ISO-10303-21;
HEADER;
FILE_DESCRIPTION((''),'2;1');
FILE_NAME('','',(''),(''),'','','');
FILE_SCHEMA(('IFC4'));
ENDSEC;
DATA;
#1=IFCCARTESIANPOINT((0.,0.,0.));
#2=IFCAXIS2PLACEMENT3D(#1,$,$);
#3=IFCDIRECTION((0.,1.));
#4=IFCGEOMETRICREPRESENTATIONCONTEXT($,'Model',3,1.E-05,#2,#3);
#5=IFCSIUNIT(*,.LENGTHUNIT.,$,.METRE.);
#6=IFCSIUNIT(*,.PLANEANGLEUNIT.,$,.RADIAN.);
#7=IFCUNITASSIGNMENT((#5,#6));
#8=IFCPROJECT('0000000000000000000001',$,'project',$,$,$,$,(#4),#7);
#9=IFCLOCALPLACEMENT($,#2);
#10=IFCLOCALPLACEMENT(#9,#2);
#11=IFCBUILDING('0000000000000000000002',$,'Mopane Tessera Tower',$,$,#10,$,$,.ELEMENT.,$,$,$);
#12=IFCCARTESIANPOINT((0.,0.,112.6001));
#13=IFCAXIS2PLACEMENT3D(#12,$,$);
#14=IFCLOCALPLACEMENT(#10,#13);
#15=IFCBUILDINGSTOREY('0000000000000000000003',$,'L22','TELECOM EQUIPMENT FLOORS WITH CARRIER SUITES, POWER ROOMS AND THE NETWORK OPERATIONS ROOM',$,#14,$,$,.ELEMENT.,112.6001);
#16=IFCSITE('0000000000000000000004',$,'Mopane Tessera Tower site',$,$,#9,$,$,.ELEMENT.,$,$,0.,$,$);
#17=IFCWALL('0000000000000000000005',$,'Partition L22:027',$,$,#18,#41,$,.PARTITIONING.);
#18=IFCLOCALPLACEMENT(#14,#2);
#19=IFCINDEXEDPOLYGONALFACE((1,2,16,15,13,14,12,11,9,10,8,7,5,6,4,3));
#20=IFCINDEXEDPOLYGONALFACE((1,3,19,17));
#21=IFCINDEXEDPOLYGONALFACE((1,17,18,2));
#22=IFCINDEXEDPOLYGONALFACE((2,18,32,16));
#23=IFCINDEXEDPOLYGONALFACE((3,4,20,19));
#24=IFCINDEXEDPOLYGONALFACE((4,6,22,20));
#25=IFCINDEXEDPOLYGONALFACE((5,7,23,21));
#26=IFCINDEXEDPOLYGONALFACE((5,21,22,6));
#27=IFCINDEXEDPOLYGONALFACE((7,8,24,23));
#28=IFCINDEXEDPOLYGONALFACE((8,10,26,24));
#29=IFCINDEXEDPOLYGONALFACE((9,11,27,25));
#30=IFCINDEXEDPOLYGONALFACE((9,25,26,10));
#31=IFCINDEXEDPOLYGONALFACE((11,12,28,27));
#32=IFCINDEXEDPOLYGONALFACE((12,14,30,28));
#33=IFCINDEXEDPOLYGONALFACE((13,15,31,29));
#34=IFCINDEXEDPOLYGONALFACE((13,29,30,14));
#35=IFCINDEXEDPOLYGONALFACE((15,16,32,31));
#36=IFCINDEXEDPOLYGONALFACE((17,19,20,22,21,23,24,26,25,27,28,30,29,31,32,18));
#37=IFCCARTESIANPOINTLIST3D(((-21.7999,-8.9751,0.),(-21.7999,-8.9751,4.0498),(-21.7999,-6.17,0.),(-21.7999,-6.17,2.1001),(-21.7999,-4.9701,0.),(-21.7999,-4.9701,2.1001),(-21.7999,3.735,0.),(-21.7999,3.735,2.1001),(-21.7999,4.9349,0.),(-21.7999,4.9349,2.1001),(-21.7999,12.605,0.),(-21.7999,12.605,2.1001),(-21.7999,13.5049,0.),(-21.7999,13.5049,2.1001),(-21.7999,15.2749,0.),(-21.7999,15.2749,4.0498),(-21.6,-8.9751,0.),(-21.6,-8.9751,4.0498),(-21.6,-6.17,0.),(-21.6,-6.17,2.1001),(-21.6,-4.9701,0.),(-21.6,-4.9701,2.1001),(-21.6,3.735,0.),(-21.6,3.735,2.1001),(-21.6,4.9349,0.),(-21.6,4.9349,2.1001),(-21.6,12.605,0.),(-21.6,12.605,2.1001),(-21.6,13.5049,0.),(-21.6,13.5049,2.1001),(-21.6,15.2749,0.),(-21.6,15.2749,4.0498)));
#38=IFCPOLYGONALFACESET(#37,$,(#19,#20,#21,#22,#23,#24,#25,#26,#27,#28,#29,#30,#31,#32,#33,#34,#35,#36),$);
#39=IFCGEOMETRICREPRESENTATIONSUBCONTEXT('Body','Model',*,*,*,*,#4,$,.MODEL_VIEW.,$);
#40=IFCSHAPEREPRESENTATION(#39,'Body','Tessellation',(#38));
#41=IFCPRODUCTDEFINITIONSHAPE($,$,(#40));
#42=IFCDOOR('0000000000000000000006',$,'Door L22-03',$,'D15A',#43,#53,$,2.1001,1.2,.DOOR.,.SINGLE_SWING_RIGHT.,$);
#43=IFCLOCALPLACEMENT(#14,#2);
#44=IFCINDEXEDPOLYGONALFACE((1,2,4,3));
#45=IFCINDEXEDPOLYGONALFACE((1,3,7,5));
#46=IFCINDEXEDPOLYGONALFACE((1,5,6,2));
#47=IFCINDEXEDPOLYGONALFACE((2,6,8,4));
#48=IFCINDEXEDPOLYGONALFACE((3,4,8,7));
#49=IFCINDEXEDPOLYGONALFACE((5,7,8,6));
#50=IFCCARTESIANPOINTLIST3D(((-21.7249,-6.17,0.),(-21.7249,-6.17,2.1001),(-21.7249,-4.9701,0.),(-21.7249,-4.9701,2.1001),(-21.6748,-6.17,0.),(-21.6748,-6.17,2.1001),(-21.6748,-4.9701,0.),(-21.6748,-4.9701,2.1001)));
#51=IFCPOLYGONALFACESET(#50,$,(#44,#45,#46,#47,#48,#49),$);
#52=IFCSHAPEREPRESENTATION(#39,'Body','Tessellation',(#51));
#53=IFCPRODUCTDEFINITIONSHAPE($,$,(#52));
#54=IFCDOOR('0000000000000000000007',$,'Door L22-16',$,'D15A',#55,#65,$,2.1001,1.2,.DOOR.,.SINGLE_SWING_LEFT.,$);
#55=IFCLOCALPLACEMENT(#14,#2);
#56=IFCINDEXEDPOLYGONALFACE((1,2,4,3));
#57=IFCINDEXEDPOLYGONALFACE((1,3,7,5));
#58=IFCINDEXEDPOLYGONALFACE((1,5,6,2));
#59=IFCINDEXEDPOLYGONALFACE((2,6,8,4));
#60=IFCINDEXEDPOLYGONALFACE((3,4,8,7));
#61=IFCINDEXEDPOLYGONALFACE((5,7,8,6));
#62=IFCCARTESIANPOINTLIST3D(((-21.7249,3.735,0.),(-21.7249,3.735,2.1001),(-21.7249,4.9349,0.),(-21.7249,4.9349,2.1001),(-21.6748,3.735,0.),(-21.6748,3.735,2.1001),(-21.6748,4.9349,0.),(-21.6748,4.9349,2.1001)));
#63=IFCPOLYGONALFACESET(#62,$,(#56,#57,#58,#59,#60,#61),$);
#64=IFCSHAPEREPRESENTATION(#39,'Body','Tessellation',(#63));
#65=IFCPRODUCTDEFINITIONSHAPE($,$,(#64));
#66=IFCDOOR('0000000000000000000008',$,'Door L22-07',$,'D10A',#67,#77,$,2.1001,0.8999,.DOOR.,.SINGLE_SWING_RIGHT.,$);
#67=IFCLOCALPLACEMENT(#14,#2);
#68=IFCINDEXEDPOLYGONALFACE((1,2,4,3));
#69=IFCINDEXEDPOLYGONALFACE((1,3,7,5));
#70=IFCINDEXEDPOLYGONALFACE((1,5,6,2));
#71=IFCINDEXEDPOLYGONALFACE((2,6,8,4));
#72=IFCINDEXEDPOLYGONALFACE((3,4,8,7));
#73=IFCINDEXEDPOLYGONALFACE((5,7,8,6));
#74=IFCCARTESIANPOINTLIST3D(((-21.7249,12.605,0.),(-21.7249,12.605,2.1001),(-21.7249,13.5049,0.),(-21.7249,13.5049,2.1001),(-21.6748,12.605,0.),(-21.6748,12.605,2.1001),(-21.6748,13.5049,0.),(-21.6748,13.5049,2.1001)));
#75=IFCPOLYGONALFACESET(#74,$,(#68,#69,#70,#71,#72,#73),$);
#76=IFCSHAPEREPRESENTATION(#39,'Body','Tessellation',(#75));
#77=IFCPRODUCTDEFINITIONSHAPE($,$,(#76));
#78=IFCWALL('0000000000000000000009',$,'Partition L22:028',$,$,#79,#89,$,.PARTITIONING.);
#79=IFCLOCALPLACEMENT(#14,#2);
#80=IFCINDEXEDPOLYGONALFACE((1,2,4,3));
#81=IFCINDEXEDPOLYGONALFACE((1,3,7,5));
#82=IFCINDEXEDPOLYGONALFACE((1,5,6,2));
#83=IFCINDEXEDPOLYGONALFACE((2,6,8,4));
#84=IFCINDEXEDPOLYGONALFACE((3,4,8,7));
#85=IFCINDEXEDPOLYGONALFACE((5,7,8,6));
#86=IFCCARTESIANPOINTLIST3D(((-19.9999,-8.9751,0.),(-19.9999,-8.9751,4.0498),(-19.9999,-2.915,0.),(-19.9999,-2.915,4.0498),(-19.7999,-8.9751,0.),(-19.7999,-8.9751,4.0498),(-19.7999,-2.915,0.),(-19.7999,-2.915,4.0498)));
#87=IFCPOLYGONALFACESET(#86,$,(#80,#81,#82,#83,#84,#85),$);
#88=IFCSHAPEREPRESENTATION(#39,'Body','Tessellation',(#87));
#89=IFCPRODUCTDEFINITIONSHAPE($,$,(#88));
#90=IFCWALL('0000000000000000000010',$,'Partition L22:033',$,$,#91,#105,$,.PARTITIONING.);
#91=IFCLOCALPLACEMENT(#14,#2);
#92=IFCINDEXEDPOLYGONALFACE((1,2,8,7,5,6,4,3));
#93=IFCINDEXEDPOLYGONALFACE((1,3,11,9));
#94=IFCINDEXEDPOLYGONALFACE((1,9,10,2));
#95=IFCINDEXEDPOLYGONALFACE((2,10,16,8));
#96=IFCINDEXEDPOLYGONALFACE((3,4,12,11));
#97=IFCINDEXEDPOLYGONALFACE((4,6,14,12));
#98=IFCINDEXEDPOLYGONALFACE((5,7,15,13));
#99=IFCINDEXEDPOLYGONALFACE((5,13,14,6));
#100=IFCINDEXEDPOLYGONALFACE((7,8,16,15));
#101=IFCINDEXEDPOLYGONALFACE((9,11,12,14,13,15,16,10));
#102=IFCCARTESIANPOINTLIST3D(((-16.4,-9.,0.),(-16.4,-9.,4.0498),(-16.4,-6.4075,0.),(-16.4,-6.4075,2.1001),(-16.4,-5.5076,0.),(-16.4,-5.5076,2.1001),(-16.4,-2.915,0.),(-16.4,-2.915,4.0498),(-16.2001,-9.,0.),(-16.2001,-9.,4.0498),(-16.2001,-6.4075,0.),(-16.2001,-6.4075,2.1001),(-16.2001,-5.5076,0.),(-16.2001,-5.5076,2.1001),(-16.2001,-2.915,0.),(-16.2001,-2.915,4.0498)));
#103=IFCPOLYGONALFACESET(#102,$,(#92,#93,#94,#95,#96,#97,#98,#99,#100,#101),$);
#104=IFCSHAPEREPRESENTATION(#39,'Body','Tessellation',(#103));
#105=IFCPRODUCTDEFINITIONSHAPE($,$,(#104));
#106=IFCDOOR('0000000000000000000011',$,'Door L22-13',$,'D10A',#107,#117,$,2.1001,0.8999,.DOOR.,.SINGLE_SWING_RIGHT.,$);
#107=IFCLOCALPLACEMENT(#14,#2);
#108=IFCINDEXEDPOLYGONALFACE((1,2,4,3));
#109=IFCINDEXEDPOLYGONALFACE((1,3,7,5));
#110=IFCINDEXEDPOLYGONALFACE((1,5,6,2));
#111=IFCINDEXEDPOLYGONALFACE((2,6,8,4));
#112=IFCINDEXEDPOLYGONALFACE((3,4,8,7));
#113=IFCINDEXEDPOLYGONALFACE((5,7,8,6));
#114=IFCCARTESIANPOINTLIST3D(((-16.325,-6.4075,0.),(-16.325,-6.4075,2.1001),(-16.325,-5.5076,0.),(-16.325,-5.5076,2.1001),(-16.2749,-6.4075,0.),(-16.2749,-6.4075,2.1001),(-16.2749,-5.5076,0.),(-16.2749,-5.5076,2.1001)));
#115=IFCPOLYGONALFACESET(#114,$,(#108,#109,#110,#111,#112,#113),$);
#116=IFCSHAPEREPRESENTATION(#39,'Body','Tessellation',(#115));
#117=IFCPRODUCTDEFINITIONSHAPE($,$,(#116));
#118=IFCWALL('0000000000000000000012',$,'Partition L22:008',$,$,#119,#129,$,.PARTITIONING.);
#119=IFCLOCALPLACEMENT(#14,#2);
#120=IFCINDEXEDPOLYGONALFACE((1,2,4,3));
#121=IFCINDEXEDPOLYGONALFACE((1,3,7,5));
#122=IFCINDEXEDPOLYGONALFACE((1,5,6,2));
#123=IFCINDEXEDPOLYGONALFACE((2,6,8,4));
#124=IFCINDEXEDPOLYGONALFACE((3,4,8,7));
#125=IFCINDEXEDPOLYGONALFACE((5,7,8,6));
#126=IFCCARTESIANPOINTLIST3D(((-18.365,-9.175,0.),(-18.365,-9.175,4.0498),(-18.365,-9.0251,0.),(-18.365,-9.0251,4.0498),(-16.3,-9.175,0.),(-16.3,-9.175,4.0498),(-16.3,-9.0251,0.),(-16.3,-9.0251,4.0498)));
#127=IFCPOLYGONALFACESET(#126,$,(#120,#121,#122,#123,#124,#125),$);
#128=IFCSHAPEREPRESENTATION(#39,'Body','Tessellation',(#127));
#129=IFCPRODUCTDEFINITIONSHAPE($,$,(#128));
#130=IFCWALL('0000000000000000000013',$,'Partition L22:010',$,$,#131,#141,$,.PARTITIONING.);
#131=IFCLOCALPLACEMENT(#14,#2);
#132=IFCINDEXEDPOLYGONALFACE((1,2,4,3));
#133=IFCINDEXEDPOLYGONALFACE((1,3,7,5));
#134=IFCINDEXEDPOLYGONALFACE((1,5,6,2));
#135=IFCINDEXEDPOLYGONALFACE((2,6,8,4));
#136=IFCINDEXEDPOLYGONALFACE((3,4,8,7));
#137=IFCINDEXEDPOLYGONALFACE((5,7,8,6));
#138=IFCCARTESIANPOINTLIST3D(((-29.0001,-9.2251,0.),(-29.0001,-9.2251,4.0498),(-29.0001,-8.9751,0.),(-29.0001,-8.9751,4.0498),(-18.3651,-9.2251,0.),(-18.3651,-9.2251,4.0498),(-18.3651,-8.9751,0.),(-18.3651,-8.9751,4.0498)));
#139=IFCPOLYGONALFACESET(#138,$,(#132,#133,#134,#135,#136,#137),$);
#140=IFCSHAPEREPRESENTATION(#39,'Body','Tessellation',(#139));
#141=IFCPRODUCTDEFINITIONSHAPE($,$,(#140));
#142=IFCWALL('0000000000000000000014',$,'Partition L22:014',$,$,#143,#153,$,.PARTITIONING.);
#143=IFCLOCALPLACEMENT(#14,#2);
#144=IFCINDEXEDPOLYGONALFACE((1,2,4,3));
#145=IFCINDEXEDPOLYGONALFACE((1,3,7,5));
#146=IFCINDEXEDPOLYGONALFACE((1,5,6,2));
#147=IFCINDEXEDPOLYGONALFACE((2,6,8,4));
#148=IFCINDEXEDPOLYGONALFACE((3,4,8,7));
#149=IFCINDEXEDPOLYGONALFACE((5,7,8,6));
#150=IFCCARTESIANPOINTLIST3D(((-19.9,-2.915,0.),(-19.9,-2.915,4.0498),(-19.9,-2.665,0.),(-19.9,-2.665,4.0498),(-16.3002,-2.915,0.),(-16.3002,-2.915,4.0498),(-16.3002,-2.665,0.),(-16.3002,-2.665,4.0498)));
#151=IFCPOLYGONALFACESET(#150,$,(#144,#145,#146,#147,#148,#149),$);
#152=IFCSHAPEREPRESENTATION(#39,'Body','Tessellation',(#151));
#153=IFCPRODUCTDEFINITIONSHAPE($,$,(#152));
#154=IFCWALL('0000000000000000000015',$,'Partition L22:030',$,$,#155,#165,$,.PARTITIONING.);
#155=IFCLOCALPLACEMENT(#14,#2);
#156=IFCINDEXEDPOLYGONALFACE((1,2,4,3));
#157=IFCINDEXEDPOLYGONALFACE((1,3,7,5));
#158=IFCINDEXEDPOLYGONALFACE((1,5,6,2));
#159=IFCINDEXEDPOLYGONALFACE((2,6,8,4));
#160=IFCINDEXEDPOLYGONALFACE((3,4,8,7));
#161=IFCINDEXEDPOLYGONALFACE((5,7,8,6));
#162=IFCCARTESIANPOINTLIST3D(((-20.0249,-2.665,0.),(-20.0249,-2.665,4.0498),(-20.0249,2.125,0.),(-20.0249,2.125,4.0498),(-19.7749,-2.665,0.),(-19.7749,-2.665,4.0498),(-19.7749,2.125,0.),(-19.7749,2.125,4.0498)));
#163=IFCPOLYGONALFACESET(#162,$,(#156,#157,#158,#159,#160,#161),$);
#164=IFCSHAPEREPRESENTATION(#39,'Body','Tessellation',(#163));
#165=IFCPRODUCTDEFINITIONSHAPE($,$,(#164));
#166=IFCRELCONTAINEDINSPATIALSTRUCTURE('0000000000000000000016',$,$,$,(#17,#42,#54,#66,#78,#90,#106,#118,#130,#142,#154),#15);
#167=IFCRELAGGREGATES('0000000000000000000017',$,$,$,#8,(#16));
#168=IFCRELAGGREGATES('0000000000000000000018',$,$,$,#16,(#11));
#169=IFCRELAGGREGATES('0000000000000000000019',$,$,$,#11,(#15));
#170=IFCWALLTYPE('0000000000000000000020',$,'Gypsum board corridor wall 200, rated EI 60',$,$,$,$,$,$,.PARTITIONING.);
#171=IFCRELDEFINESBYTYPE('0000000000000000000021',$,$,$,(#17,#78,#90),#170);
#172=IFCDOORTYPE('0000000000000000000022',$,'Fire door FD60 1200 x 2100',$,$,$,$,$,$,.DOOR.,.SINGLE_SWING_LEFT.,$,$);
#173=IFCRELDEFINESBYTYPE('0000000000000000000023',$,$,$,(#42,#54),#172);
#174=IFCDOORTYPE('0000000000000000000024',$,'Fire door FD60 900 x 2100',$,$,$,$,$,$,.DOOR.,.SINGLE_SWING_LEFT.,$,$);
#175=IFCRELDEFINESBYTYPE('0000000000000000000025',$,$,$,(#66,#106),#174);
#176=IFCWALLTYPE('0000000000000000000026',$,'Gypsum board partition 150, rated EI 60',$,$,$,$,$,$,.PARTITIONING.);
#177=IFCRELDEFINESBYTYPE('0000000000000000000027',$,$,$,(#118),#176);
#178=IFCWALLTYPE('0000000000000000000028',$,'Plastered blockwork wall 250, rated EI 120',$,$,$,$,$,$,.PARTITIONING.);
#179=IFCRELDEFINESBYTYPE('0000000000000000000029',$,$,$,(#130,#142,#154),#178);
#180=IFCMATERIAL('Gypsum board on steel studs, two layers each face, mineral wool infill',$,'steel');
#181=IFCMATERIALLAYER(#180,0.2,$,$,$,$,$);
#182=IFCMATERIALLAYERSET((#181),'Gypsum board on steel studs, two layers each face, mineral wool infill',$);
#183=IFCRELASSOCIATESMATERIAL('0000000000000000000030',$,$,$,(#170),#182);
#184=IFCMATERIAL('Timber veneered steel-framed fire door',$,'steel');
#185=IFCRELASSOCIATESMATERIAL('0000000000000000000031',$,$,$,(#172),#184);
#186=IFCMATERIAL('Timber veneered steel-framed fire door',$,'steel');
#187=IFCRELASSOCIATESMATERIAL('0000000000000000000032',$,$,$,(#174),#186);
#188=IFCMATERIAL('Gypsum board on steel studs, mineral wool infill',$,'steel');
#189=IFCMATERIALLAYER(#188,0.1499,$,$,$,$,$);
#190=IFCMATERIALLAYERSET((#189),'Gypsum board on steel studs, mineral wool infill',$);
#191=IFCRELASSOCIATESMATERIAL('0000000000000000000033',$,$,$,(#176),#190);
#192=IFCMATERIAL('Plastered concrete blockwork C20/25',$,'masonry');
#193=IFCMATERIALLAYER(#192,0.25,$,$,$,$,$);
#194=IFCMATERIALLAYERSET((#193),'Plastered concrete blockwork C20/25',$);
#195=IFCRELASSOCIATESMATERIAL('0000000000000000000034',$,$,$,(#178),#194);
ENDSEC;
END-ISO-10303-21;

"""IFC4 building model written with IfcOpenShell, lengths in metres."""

from ifc_helpers import new_model, si_unit, direction, frame, frame_2d, origin, place, context, subcontext, project, spatial, rectangle, extrude, material, layer, layer_set, type_object, element, fill, save


model = new_model("IFC4")

# Units and contexts
model_context = context("Model", 3, precision=1e-05, world=origin(), true_north=direction((0.0, 1.0)))
body_context = subcontext(model_context, "Body", "Model", "MODEL_VIEW")
ifc_project = project(units=[si_unit("LENGTHUNIT", "METRE"), si_unit("PLANEANGLEUNIT", "RADIAN")], contexts=[model_context])

# Site, building, storey
site_placement = place(None, origin())
site = spatial("IfcSite", under=ifc_project, at=site_placement, Name="Mopane Tessera Tower site", CompositionType="ELEMENT", RefElevation=0.0)
building_placement = place(site_placement, origin())
building = spatial("IfcBuilding", under=site, at=building_placement, Name="Mopane Tessera Tower", CompositionType="ELEMENT")
storey_placement = place(building_placement, frame((0.0, 0.0, 112.6001)))
storey = spatial("IfcBuildingStorey", under=building, at=storey_placement, Name="L22", Description="TELECOM EQUIPMENT FLOORS WITH CARRIER SUITES, POWER ROOMS AND THE NETWORK OPERATIONS ROOM", CompositionType="ELEMENT", Elevation=112.6001)

# Shared definitions
ifc_material_1 = material(Name="Gypsum board on steel studs, two layers each face, mineral wool infill", Category="steel")
ifc_layer_1 = layer(ifc_material_1, 0.2)
ifc_layer_set_1 = layer_set([ifc_layer_1], Name="Gypsum board on steel studs, two layers each face, mineral wool infill")
wall_type_1 = type_object("IfcWallType", Name="Gypsum board corridor wall 200, rated EI 60", PredefinedType="PARTITIONING", material=ifc_layer_set_1)

# Wall, openings, doors
wall_1_placement = place(storey_placement, frame((-21.7, -8.9751, 0.0), z_axis=(0.0, 0.0, 1.0), x_axis=(0.0, 1.0, 0.0)))
wall_1 = element("IfcWall", 1, at=wall_1_placement, inside=storey, type_object=wall_type_1, Name="Partition L22:027", PredefinedType="PARTITIONING", context=body_context, shape_type="SweptSolid", body=[
    extrude(rectangle(XDim=24.25, YDim=0.2, at=frame_2d((12.125, 0.0))), origin(), (0.0, 0.0, 1.0), 4.0498),
])
opening_1_placement = place(wall_1_placement, frame((2.8049, 0.0, 0.0)))
opening_1 = element("IfcOpeningElement", 2, at=opening_1_placement, cuts=wall_1, PredefinedType="OPENING", context=body_context, shape_type="SweptSolid", body=[
    extrude(rectangle(XDim=1.2, YDim=2.1001, at=frame_2d((0.6001, 1.05))), frame((0.0, 0.1121, 0.0), z_axis=(0.0, -1.0, 0.0), x_axis=(1.0, 0.0, 0.0)), (0.0, 0.0, 1.0), 0.2239),
])
opening_2_placement = place(wall_1_placement, frame((21.5801, 0.0, 0.0)))
opening_2 = element("IfcOpeningElement", 3, at=opening_2_placement, cuts=wall_1, PredefinedType="OPENING", context=body_context, shape_type="SweptSolid", body=[
    extrude(rectangle(XDim=0.8999, YDim=2.1001, at=frame_2d((0.45, 1.05))), frame((0.0, 0.1121, 0.0), z_axis=(0.0, -1.0, 0.0), x_axis=(1.0, 0.0, 0.0)), (0.0, 0.0, 1.0), 0.2239),
])
opening_3_placement = place(wall_1_placement, frame((12.71, 0.0, 0.0)))
opening_3 = element("IfcOpeningElement", 4, at=opening_3_placement, cuts=wall_1, PredefinedType="OPENING", context=body_context, shape_type="SweptSolid", body=[
    extrude(rectangle(XDim=1.2, YDim=2.1001, at=frame_2d((0.6001, 1.05))), frame((0.0, 0.1121, 0.0), z_axis=(0.0, -1.0, 0.0), x_axis=(1.0, 0.0, 0.0)), (0.0, 0.0, 1.0), 0.2239),
])
ifc_material_2 = material(Name="Timber veneered steel-framed fire door", Category="steel")
door_type_1 = type_object("IfcDoorType", Name="Fire door FD60 1200 x 2100", OperationType="SINGLE_SWING_LEFT", PredefinedType="DOOR", material=ifc_material_2)
door_1_placement = place(opening_1_placement, origin())
door_1 = element("IfcDoor", 5, at=door_1_placement, inside=storey, type_object=door_type_1, Name="Door L22-03", ObjectType="D15A", OperationType="SINGLE_SWING_RIGHT", OverallHeight=2.1001, OverallWidth=1.2, PredefinedType="DOOR", context=body_context, shape_type="SweptSolid", body=[
    extrude(rectangle(XDim=1.2, YDim=2.1001, at=frame_2d((0.6001, 1.05))), frame((0.0, 0.0249, 0.0), z_axis=(0.0, -1.0, 0.0), x_axis=(1.0, 0.0, 0.0)), (0.0, 0.0, 1.0), 0.05),
])
fill(opening_1, door_1)
door_2_placement = place(opening_3_placement, origin())
door_2 = element("IfcDoor", 6, at=door_2_placement, inside=storey, type_object=door_type_1, Name="Door L22-16", ObjectType="D15A", OperationType="SINGLE_SWING_LEFT", OverallHeight=2.1001, OverallWidth=1.2, PredefinedType="DOOR", context=body_context, shape_type="SweptSolid", body=[
    extrude(rectangle(XDim=1.2, YDim=2.1001, at=frame_2d((0.6001, 1.05))), frame((0.0, 0.0249, 0.0), z_axis=(0.0, -1.0, 0.0), x_axis=(1.0, 0.0, 0.0)), (0.0, 0.0, 1.0), 0.05),
])
fill(opening_3, door_2)
ifc_material_3 = material(Name="Timber veneered steel-framed fire door", Category="steel")
door_type_2 = type_object("IfcDoorType", Name="Fire door FD60 900 x 2100", OperationType="SINGLE_SWING_LEFT", PredefinedType="DOOR", material=ifc_material_3)
door_3_placement = place(opening_2_placement, origin())
door_3 = element("IfcDoor", 7, at=door_3_placement, inside=storey, type_object=door_type_2, Name="Door L22-07", ObjectType="D10A", OperationType="SINGLE_SWING_RIGHT", OverallHeight=2.1001, OverallWidth=0.8999, PredefinedType="DOOR", context=body_context, shape_type="SweptSolid", body=[
    extrude(rectangle(XDim=0.8999, YDim=2.1001, at=frame_2d((0.45, 1.05))), frame((0.0, 0.0249, 0.0), z_axis=(0.0, -1.0, 0.0), x_axis=(1.0, 0.0, 0.0)), (0.0, 0.0, 1.0), 0.05),
])
fill(opening_2, door_3)

# Wall
wall_2_placement = place(storey_placement, frame((-19.8999, -8.9751, 0.0), z_axis=(0.0, 0.0, 1.0), x_axis=(0.0, 1.0, 0.0)))
element("IfcWall", 8, at=wall_2_placement, inside=storey, type_object=wall_type_1, Name="Partition L22:028", PredefinedType="PARTITIONING", context=body_context, shape_type="SweptSolid", body=[
    extrude(rectangle(XDim=6.0601, YDim=0.2, at=frame_2d((3.03, 0.0))), origin(), (0.0, 0.0, 1.0), 4.0498),
])

# Wall, opening, door
wall_3_placement = place(storey_placement, frame((-16.3, -9.0, 0.0), z_axis=(0.0, 0.0, 1.0), x_axis=(0.0, 1.0, 0.0)))
wall_3 = element("IfcWall", 9, at=wall_3_placement, inside=storey, type_object=wall_type_1, Name="Partition L22:033", PredefinedType="PARTITIONING", context=body_context, shape_type="SweptSolid", body=[
    extrude(rectangle(XDim=6.085, YDim=0.2, at=frame_2d((3.0425, 0.0))), origin(), (0.0, 0.0, 1.0), 4.0498),
])
opening_4_placement = place(wall_3_placement, frame((2.5925, 0.0, 0.0)))
opening_4 = element("IfcOpeningElement", 10, at=opening_4_placement, cuts=wall_3, PredefinedType="OPENING", context=body_context, shape_type="SweptSolid", body=[
    extrude(rectangle(XDim=0.8999, YDim=2.1001, at=frame_2d((0.45, 1.05))), frame((0.0, 0.1121, 0.0), z_axis=(0.0, -1.0, 0.0), x_axis=(1.0, 0.0, 0.0)), (0.0, 0.0, 1.0), 0.2239),
])
door_4_placement = place(opening_4_placement, origin())
door_4 = element("IfcDoor", 11, at=door_4_placement, inside=storey, type_object=door_type_2, Name="Door L22-13", ObjectType="D10A", OperationType="SINGLE_SWING_RIGHT", OverallHeight=2.1001, OverallWidth=0.8999, PredefinedType="DOOR", context=body_context, shape_type="SweptSolid", body=[
    extrude(rectangle(XDim=0.8999, YDim=2.1001, at=frame_2d((0.45, 1.05))), frame((0.0, 0.0249, 0.0), z_axis=(0.0, -1.0, 0.0), x_axis=(1.0, 0.0, 0.0)), (0.0, 0.0, 1.0), 0.05),
])
fill(opening_4, door_4)

# Walls
ifc_material_4 = material(Name="Gypsum board on steel studs, mineral wool infill", Category="steel")
ifc_layer_2 = layer(ifc_material_4, 0.1499)
ifc_layer_set_2 = layer_set([ifc_layer_2], Name="Gypsum board on steel studs, mineral wool infill")
wall_type_2 = type_object("IfcWallType", Name="Gypsum board partition 150, rated EI 60", PredefinedType="PARTITIONING", material=ifc_layer_set_2)
wall_4_placement = place(storey_placement, frame((-18.365, -9.1001, 0.0), z_axis=(0.0, 0.0, 1.0), x_axis=(1.0, 0.0, 0.0)))
element("IfcWall", 12, at=wall_4_placement, inside=storey, type_object=wall_type_2, Name="Partition L22:008", PredefinedType="PARTITIONING", context=body_context, shape_type="SweptSolid", body=[
    extrude(rectangle(XDim=2.0649, YDim=0.1499, at=frame_2d((1.0325, 0.0))), origin(), (0.0, 0.0, 1.0), 4.0498),
])
ifc_material_5 = material(Name="Plastered concrete blockwork C20/25", Category="masonry")
ifc_layer_3 = layer(ifc_material_5, 0.25)
ifc_layer_set_3 = layer_set([ifc_layer_3], Name="Plastered concrete blockwork C20/25")
wall_type_3 = type_object("IfcWallType", Name="Plastered blockwork wall 250, rated EI 120", PredefinedType="PARTITIONING", material=ifc_layer_set_3)
wall_5_placement = place(storey_placement, frame((-29.0, -9.1001, 0.0), z_axis=(0.0, 0.0, 1.0), x_axis=(1.0, 0.0, 0.0)))
element("IfcWall", 13, at=wall_5_placement, inside=storey, type_object=wall_type_3, Name="Partition L22:010", PredefinedType="PARTITIONING", context=body_context, shape_type="SweptSolid", body=[
    extrude(rectangle(XDim=10.635, YDim=0.25, at=frame_2d((5.3174, 0.0))), origin(), (0.0, 0.0, 1.0), 4.0498),
])
wall_6_placement = place(storey_placement, frame((-19.8999, -2.79, 0.0), z_axis=(0.0, 0.0, 1.0), x_axis=(1.0, 0.0, 0.0)))
element("IfcWall", 14, at=wall_6_placement, inside=storey, type_object=wall_type_3, Name="Partition L22:014", PredefinedType="PARTITIONING", context=body_context, shape_type="SweptSolid", body=[
    extrude(rectangle(XDim=3.5999, YDim=0.25, at=frame_2d((1.7998, 0.0))), origin(), (0.0, 0.0, 1.0), 4.0498),
])
wall_7_placement = place(storey_placement, frame((-19.8999, -2.665, 0.0), z_axis=(0.0, 0.0, 1.0), x_axis=(0.0, 1.0, 0.0)))
element("IfcWall", 15, at=wall_7_placement, inside=storey, type_object=wall_type_3, Name="Partition L22:030", PredefinedType="PARTITIONING", context=body_context, shape_type="SweptSolid", body=[
    extrude(rectangle(XDim=4.79, YDim=0.25, at=frame_2d((2.395, 0.0))), origin(), (0.0, 0.0, 1.0), 4.0498),
])

save(model, "model.ifc")
